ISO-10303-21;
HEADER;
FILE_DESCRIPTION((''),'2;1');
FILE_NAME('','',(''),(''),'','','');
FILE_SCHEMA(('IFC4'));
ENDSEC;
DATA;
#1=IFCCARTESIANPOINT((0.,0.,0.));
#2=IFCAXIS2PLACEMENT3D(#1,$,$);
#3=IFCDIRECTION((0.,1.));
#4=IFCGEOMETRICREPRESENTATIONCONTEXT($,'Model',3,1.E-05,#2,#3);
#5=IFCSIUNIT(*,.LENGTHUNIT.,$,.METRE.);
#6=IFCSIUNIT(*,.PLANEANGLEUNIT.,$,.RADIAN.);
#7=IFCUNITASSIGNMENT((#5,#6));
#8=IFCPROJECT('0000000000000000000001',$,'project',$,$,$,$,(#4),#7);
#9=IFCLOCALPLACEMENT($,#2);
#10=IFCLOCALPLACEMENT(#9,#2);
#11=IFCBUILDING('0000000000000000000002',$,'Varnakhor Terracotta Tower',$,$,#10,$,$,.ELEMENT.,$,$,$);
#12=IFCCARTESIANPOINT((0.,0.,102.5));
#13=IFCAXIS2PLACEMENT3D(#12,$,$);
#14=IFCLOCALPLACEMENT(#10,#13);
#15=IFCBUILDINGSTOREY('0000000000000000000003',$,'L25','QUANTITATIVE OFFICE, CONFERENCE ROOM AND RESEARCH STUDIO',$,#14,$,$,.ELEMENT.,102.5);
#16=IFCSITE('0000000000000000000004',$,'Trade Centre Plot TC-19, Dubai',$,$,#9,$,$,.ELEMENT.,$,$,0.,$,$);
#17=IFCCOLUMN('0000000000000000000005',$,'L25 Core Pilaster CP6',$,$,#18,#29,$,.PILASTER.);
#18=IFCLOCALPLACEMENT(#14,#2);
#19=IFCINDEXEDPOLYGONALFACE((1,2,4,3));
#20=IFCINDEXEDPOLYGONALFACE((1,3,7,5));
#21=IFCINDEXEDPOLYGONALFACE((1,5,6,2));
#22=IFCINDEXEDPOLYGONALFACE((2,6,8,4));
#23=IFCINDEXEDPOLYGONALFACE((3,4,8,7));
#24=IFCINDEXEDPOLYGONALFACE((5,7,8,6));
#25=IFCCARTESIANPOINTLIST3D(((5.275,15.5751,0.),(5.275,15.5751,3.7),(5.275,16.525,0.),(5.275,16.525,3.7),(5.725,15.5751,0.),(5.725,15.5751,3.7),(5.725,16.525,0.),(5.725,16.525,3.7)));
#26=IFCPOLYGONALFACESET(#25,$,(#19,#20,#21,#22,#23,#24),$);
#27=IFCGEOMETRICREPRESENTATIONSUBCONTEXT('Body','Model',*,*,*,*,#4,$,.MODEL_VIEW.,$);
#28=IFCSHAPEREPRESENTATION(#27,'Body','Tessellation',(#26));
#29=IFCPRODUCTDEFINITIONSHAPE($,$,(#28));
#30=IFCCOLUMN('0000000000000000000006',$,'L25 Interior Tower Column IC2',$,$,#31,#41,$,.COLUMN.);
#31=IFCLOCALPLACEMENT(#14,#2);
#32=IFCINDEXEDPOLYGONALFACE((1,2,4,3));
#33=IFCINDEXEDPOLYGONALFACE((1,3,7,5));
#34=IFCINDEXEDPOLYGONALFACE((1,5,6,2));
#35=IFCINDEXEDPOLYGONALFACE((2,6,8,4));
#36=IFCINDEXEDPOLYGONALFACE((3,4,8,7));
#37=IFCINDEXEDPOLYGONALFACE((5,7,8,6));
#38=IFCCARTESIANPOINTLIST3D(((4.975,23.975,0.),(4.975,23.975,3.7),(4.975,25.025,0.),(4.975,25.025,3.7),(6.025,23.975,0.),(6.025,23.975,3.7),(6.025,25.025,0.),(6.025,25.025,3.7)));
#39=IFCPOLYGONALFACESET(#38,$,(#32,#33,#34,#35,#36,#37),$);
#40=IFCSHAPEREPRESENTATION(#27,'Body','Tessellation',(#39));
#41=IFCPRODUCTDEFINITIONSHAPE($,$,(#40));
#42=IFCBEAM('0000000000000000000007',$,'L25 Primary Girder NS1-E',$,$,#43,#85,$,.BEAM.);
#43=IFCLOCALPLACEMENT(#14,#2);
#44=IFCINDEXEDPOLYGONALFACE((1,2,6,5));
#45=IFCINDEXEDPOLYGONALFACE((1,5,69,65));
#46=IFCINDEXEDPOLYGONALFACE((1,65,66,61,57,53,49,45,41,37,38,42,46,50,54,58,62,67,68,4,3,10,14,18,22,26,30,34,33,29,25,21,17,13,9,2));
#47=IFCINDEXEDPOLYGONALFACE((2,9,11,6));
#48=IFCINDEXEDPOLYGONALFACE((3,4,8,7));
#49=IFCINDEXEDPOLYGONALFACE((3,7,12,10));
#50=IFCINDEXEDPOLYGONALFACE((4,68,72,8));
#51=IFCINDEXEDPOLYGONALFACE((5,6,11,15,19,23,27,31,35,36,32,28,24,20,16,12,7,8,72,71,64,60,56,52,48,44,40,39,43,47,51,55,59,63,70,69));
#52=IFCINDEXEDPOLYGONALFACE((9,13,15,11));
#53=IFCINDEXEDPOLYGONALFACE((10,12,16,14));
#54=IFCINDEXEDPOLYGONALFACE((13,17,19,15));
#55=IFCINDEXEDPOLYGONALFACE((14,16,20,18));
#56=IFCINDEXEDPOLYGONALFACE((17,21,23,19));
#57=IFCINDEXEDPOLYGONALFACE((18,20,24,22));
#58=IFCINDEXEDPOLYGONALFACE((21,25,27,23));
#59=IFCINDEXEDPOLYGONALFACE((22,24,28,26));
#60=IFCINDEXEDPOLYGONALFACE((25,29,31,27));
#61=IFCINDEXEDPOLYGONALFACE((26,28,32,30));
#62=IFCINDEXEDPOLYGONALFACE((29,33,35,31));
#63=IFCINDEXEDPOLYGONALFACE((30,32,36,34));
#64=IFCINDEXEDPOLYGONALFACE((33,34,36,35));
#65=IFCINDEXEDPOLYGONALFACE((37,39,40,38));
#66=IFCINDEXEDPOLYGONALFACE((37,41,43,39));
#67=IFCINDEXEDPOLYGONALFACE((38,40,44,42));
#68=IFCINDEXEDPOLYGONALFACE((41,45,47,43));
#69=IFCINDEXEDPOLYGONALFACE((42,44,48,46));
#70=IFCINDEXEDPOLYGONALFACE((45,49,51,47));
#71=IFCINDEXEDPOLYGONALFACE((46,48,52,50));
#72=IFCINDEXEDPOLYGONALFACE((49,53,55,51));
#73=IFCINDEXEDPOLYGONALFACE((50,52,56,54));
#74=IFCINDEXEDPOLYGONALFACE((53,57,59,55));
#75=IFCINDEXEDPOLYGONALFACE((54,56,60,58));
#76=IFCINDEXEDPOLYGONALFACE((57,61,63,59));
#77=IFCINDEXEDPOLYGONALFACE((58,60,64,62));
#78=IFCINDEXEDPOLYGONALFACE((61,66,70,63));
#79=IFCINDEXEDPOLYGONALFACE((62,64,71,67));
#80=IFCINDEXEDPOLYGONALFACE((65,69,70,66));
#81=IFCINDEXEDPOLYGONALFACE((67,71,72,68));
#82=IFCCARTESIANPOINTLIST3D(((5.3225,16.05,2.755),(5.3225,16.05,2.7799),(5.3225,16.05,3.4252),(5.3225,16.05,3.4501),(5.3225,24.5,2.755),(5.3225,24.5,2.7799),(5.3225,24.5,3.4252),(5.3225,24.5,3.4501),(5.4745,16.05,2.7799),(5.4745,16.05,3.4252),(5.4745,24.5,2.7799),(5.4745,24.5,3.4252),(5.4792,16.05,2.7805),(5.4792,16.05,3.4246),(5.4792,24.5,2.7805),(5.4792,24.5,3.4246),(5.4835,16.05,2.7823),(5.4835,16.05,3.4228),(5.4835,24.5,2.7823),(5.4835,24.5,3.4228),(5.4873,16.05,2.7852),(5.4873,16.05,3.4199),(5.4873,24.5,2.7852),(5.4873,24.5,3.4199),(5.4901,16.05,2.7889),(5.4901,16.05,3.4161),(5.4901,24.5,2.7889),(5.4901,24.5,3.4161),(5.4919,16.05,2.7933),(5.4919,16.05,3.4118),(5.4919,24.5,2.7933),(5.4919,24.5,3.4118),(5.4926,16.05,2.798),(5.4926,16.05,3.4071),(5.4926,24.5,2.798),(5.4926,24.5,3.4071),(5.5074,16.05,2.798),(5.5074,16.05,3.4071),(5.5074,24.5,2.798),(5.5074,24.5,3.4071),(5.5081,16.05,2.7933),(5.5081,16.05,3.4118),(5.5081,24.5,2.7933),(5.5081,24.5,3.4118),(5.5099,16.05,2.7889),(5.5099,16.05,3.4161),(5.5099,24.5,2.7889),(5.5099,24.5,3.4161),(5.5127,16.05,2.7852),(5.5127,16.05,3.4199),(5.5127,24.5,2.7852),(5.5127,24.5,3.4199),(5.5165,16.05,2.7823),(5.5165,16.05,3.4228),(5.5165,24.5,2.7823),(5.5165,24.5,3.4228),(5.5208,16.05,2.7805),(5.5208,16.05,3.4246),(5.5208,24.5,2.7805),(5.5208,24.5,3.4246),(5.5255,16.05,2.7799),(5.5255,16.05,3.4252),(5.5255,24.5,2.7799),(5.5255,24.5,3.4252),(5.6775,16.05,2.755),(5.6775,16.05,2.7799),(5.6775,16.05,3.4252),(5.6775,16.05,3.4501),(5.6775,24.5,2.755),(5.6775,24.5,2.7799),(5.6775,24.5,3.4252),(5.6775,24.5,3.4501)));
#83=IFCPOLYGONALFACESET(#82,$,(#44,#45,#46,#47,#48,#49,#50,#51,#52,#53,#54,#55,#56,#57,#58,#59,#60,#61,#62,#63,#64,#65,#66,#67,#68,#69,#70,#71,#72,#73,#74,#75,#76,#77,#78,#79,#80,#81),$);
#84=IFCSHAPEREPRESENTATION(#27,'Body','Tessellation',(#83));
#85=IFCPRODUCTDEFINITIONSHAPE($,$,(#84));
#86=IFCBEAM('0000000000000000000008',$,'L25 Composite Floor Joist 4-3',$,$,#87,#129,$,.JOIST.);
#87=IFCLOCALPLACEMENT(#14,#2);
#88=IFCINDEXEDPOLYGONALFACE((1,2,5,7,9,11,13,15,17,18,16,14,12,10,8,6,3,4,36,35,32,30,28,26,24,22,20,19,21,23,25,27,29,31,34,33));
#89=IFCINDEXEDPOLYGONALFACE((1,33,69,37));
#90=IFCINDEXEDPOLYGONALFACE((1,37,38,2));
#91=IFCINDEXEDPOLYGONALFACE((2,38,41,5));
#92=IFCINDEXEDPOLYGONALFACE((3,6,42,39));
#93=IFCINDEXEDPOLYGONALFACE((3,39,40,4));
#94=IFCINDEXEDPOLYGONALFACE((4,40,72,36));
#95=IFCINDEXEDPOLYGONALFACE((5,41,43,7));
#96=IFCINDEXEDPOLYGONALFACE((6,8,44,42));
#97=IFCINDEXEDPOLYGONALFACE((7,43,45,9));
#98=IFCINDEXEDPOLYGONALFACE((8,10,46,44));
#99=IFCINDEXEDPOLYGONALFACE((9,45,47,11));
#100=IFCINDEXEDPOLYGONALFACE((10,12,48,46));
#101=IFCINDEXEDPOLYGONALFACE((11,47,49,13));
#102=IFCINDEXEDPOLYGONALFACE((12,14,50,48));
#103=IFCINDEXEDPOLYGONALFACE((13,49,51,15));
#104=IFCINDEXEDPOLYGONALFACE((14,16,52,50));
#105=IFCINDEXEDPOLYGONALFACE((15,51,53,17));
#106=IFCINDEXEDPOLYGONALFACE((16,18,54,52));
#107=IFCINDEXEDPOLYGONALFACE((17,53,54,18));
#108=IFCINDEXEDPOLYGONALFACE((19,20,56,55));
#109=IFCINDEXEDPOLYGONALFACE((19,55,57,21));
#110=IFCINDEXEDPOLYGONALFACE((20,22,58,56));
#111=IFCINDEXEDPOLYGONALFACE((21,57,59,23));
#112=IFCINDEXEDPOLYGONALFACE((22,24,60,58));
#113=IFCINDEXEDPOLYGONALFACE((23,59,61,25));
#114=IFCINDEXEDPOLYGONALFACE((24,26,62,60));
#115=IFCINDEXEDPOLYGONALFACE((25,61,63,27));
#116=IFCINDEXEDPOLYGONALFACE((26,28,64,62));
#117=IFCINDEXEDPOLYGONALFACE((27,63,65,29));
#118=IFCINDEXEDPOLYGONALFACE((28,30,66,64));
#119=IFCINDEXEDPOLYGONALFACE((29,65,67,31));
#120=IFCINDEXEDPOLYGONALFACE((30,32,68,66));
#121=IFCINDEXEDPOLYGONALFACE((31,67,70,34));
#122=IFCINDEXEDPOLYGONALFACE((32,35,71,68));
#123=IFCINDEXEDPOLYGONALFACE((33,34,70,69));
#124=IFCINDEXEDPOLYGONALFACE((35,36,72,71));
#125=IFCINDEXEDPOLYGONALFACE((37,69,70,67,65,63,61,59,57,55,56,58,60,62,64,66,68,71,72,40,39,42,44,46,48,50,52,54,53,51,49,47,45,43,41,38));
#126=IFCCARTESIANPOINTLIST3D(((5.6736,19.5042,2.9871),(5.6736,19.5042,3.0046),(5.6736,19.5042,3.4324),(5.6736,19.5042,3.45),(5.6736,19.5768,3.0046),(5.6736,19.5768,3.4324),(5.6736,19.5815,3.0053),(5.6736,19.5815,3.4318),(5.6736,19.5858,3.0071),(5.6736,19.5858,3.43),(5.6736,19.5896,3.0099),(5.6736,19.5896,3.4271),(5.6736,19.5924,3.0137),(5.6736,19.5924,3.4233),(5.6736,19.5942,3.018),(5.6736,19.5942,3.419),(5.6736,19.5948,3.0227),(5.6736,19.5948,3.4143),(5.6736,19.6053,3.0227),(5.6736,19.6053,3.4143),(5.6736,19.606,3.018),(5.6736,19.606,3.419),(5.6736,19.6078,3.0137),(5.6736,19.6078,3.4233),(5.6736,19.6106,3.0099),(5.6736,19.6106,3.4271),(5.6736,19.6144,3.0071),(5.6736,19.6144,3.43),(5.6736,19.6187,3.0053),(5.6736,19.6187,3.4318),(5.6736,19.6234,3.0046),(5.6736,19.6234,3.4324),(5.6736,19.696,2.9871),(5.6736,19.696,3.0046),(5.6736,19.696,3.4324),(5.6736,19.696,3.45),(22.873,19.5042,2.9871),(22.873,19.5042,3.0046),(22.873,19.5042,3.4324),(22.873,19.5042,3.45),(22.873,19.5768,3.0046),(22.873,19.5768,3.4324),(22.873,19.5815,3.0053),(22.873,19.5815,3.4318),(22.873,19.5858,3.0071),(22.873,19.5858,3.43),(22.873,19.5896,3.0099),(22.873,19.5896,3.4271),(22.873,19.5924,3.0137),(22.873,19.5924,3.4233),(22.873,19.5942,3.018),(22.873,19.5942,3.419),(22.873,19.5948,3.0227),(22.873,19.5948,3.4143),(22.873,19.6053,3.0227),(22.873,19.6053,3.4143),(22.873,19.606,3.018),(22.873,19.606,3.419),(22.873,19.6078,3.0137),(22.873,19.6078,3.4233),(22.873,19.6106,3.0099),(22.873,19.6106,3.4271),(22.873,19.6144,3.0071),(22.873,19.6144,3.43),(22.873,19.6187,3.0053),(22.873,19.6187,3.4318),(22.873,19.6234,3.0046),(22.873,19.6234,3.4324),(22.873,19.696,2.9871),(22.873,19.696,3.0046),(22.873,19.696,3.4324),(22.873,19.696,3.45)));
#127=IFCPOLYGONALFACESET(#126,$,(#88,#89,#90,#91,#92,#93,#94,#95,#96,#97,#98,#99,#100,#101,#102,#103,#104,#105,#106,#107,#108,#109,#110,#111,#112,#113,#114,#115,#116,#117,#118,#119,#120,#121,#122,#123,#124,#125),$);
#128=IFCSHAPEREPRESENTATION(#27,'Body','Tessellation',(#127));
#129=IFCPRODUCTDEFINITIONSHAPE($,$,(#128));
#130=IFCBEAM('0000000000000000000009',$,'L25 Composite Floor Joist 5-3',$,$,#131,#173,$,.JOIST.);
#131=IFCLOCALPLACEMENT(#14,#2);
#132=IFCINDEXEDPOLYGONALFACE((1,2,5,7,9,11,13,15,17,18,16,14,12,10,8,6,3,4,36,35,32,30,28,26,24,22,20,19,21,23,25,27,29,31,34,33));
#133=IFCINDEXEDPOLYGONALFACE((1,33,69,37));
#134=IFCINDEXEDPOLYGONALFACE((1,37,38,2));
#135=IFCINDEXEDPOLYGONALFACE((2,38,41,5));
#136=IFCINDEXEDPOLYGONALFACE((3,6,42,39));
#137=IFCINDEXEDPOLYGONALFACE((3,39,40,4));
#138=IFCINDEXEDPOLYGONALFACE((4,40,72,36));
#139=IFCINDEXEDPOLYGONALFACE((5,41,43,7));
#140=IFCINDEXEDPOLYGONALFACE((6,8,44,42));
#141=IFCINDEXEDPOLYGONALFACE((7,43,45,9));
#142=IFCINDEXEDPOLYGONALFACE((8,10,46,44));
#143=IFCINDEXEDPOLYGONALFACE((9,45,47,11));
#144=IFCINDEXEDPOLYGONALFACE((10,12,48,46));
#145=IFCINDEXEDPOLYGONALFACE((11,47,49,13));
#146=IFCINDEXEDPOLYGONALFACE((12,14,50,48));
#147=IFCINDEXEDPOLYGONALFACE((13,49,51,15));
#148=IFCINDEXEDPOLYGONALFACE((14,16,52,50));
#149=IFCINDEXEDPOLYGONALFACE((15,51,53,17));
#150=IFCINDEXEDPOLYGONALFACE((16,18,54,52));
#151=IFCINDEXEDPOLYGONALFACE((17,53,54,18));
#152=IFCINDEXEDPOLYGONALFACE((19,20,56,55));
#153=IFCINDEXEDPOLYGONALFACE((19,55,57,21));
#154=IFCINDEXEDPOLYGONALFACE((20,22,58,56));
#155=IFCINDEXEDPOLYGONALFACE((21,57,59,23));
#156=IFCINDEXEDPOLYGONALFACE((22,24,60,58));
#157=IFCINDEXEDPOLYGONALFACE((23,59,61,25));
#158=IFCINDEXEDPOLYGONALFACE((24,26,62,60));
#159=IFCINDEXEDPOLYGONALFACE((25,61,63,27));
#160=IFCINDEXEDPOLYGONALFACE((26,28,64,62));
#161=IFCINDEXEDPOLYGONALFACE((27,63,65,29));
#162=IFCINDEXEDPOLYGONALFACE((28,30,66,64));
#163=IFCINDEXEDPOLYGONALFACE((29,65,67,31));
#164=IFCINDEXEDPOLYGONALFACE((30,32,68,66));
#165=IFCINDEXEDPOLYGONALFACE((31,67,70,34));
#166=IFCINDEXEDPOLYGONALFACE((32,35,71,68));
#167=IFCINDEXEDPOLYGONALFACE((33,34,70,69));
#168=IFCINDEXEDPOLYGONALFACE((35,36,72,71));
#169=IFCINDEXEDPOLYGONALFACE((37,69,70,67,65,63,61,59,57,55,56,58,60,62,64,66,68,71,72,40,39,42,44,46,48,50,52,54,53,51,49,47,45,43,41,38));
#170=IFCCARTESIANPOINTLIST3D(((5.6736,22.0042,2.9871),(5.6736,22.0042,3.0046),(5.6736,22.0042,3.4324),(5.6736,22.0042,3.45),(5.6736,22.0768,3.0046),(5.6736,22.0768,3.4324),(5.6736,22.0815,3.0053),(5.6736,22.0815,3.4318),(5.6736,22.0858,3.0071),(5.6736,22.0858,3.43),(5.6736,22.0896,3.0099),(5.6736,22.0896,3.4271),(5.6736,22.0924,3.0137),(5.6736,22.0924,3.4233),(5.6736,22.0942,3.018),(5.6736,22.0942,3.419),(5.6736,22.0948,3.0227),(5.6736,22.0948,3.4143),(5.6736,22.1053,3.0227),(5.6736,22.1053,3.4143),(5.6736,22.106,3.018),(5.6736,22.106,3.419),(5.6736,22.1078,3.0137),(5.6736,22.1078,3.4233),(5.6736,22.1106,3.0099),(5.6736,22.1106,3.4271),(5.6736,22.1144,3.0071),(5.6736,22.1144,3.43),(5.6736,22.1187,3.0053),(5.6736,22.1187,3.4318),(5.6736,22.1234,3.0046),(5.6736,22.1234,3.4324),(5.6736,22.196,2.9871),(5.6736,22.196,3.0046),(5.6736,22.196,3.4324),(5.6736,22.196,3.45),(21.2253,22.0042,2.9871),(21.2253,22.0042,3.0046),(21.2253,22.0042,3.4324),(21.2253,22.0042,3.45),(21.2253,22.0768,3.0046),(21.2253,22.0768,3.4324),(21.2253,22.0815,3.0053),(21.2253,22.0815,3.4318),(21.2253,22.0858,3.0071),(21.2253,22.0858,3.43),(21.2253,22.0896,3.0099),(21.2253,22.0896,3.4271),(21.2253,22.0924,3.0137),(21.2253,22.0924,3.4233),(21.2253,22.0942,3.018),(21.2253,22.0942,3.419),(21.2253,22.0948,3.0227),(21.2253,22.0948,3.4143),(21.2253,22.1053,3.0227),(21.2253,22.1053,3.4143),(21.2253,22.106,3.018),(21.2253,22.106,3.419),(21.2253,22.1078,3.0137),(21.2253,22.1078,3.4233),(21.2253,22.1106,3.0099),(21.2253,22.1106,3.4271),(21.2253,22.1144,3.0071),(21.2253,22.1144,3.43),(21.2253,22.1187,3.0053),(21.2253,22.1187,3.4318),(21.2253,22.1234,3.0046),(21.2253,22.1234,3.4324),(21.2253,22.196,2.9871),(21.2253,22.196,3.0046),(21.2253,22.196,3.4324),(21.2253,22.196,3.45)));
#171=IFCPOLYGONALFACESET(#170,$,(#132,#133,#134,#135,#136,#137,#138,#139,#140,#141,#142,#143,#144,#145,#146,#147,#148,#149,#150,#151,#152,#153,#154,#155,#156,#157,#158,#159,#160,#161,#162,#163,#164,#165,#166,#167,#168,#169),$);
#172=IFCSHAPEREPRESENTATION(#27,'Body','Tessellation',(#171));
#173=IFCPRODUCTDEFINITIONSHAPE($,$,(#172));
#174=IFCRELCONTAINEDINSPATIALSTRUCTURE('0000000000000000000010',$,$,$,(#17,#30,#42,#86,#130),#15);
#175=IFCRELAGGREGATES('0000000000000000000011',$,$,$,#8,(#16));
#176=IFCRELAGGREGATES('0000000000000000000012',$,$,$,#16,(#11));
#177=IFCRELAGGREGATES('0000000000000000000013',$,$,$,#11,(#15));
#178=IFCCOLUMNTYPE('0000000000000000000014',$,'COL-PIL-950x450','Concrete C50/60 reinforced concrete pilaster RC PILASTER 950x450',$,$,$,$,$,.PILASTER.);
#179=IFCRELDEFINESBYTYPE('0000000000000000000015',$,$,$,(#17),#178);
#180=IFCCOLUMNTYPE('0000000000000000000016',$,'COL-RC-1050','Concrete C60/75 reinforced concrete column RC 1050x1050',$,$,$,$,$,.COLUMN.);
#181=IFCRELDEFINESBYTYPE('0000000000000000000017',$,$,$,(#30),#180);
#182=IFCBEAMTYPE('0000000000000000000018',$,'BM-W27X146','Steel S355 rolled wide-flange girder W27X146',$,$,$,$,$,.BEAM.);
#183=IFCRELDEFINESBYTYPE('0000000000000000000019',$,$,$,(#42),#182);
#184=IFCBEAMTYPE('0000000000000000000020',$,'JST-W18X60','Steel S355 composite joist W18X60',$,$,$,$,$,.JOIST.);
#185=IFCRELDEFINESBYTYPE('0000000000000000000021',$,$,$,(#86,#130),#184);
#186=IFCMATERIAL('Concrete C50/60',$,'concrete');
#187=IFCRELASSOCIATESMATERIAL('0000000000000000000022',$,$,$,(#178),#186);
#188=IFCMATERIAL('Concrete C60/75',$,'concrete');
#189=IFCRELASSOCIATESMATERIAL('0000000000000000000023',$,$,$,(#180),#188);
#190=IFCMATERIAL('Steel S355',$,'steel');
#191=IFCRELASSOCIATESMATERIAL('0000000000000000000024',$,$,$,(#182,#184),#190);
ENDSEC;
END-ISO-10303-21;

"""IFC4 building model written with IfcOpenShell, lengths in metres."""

from ifc_helpers import new_model, si_unit, direction, frame, origin, origin_2d, place, context, subcontext, project, spatial, rectangle, i_section, extrude, source, transform, mapped, material, material_profile, profile_set, type_object, type_shapes, element, save


model = new_model("IFC4")

# Units and contexts
model_context = context("Model", 3, precision=1e-05, world=origin(), true_north=direction((0.0, 1.0)))
body_context = subcontext(model_context, "Body", "Model", "MODEL_VIEW")
ifc_project = project(units=[si_unit("LENGTHUNIT", "METRE"), si_unit("PLANEANGLEUNIT", "RADIAN")], contexts=[model_context])

# Site, building, storey
site_placement = place(None, origin())
site = spatial("IfcSite", under=ifc_project, at=site_placement, Name="Trade Centre Plot TC-19, Dubai", CompositionType="ELEMENT", RefElevation=0.0)
building_placement = place(site_placement, origin())
building = spatial("IfcBuilding", under=site, at=building_placement, Name="Varnakhor Terracotta Tower", CompositionType="ELEMENT")
storey_placement = place(building_placement, frame((0.0, 0.0, 102.5)))
storey = spatial("IfcBuildingStorey", under=building, at=storey_placement, Name="L25", Description="QUANTITATIVE OFFICE, CONFERENCE ROOM AND RESEARCH STUDIO", CompositionType="ELEMENT", Elevation=102.5)

# Columns
ifc_material_1 = material(Name="Concrete C50/60", Category="concrete")
ifc_material_profile_1 = material_profile(ifc_material_1, rectangle(XDim=0.45, YDim=0.95, at=origin_2d()), Name="RC PILASTER 950x450")
ifc_profile_set_1 = profile_set([ifc_material_profile_1], Name="Concrete C50/60")
column_type_1 = type_object("IfcColumnType", Name="COL-PIL-950x450", Description="Concrete C50/60 reinforced concrete pilaster RC PILASTER 950x450", PredefinedType="PILASTER", material=ifc_profile_set_1)
shared_shape_1 = source(origin(), body_context, "Body", "SweptSolid", [
    extrude(rectangle(XDim=0.45, YDim=0.95, at=origin_2d()), origin(), (0.0, 0.0, 1.0), 3.7),
])
column_1_placement = place(storey_placement, frame((5.5, 16.05, 0.0), z_axis=(0.0, 0.0, 1.0), x_axis=(1.0, 0.0, 0.0)))
element("IfcColumn", 1, at=column_1_placement, inside=storey, type_object=column_type_1, Name="L25 Core Pilaster CP6", PredefinedType="PILASTER", context=body_context, shape_type="MappedRepresentation", body=[
    mapped(shared_shape_1, transform((0.0, 0.0, 0.0), scale=1.0)),
])
ifc_material_2 = material(Name="Concrete C60/75", Category="concrete")
ifc_material_profile_2 = material_profile(ifc_material_2, rectangle(XDim=1.05, YDim=1.05, at=origin_2d()), Name="RC 1050x1050")
ifc_profile_set_2 = profile_set([ifc_material_profile_2], Name="Concrete C60/75")
column_type_2 = type_object("IfcColumnType", Name="COL-RC-1050", Description="Concrete C60/75 reinforced concrete column RC 1050x1050", PredefinedType="COLUMN", material=ifc_profile_set_2)
shared_shape_2 = source(origin(), body_context, "Body", "SweptSolid", [
    extrude(rectangle(XDim=1.05, YDim=1.05, at=origin_2d()), origin(), (0.0, 0.0, 1.0), 3.7),
])
column_2_placement = place(storey_placement, frame((5.5, 24.5, 0.0), z_axis=(0.0, 0.0, 1.0), x_axis=(1.0, 0.0, 0.0)))
element("IfcColumn", 2, at=column_2_placement, inside=storey, type_object=column_type_2, Name="L25 Interior Tower Column IC2", PredefinedType="COLUMN", context=body_context, shape_type="MappedRepresentation", body=[
    mapped(shared_shape_2, transform((0.0, 0.0, 0.0), scale=1.0)),
])

# Beams
ifc_material_3 = material(Name="Steel S355", Category="steel")
ifc_material_profile_3 = material_profile(ifc_material_3, i_section(OverallWidth=0.355, OverallDepth=0.6951, WebThickness=0.0149, FlangeThickness=0.0249, FilletRadius=0.0181, at=origin_2d()), Name="W27X146")
ifc_profile_set_3 = profile_set([ifc_material_profile_3], Name="Steel S355")
beam_type_1 = type_object("IfcBeamType", Name="BM-W27X146", Description="Steel S355 rolled wide-flange girder W27X146", PredefinedType="BEAM", material=ifc_profile_set_3)
shared_shape_3 = source(origin(), body_context, "Body", "SweptSolid", [
    extrude(i_section(OverallWidth=0.355, OverallDepth=0.6951, WebThickness=0.0149, FlangeThickness=0.0249, FilletRadius=0.0181, at=origin_2d()), origin(), (0.0, 0.0, 1.0), 8.45),
])
type_shapes(beam_type_1, [shared_shape_3])
beam_1_placement = place(storey_placement, frame((5.5, 16.05, 3.1025), z_axis=(0.0, 1.0, 0.0), x_axis=(-1.0, 0.0, 0.0)))
element("IfcBeam", 3, at=beam_1_placement, inside=storey, type_object=beam_type_1, Name="L25 Primary Girder NS1-E", PredefinedType="BEAM", context=body_context, shape_type="MappedRepresentation", body=[
    mapped(shared_shape_3, transform((0.0, 0.0, 0.0), scale=1.0)),
])
ifc_material_profile_4 = material_profile(ifc_material_3, i_section(OverallWidth=0.1919, OverallDepth=0.4629, WebThickness=0.0105, FlangeThickness=0.0176, FilletRadius=0.0181, at=origin_2d()), Name="W18X60")
ifc_profile_set_4 = profile_set([ifc_material_profile_4], Name="Steel S355")
beam_type_2 = type_object("IfcBeamType", Name="JST-W18X60", Description="Steel S355 composite joist W18X60", PredefinedType="JOIST", material=ifc_profile_set_4)
shared_shape_4 = source(origin(), body_context, "Body", "SweptSolid", [
    extrude(i_section(OverallWidth=0.1919, OverallDepth=0.4629, WebThickness=0.0105, FlangeThickness=0.0176, FilletRadius=0.0181, at=origin_2d()), origin(), (0.0, 0.0, 1.0), 17.1995),
])
beam_2_placement = place(storey_placement, frame((5.6736, 19.6001, 3.2185), z_axis=(1.0, 0.0, 0.0), x_axis=(0.0, 1.0, 0.0)))
element("IfcBeam", 4, at=beam_2_placement, inside=storey, type_object=beam_type_2, Name="L25 Composite Floor Joist 4-3", PredefinedType="JOIST", context=body_context, shape_type="MappedRepresentation", body=[
    mapped(shared_shape_4, transform((0.0, 0.0, 0.0), scale=1.0)),
])
shared_shape_5 = source(origin(), body_context, "Body", "SweptSolid", [
    extrude(i_section(OverallWidth=0.1919, OverallDepth=0.4629, WebThickness=0.0105, FlangeThickness=0.0176, FilletRadius=0.0181, at=origin_2d()), origin(), (0.0, 0.0, 1.0), 15.5518),
])
beam_3_placement = place(storey_placement, frame((5.6736, 22.1001, 3.2185), z_axis=(1.0, 0.0, 0.0), x_axis=(0.0, 1.0, 0.0)))
element("IfcBeam", 5, at=beam_3_placement, inside=storey, type_object=beam_type_2, Name="L25 Composite Floor Joist 5-3", PredefinedType="JOIST", context=body_context, shape_type="MappedRepresentation", body=[
    mapped(shared_shape_5, transform((0.0, 0.0, 0.0), scale=1.0)),
])

save(model, "model.ifc")
